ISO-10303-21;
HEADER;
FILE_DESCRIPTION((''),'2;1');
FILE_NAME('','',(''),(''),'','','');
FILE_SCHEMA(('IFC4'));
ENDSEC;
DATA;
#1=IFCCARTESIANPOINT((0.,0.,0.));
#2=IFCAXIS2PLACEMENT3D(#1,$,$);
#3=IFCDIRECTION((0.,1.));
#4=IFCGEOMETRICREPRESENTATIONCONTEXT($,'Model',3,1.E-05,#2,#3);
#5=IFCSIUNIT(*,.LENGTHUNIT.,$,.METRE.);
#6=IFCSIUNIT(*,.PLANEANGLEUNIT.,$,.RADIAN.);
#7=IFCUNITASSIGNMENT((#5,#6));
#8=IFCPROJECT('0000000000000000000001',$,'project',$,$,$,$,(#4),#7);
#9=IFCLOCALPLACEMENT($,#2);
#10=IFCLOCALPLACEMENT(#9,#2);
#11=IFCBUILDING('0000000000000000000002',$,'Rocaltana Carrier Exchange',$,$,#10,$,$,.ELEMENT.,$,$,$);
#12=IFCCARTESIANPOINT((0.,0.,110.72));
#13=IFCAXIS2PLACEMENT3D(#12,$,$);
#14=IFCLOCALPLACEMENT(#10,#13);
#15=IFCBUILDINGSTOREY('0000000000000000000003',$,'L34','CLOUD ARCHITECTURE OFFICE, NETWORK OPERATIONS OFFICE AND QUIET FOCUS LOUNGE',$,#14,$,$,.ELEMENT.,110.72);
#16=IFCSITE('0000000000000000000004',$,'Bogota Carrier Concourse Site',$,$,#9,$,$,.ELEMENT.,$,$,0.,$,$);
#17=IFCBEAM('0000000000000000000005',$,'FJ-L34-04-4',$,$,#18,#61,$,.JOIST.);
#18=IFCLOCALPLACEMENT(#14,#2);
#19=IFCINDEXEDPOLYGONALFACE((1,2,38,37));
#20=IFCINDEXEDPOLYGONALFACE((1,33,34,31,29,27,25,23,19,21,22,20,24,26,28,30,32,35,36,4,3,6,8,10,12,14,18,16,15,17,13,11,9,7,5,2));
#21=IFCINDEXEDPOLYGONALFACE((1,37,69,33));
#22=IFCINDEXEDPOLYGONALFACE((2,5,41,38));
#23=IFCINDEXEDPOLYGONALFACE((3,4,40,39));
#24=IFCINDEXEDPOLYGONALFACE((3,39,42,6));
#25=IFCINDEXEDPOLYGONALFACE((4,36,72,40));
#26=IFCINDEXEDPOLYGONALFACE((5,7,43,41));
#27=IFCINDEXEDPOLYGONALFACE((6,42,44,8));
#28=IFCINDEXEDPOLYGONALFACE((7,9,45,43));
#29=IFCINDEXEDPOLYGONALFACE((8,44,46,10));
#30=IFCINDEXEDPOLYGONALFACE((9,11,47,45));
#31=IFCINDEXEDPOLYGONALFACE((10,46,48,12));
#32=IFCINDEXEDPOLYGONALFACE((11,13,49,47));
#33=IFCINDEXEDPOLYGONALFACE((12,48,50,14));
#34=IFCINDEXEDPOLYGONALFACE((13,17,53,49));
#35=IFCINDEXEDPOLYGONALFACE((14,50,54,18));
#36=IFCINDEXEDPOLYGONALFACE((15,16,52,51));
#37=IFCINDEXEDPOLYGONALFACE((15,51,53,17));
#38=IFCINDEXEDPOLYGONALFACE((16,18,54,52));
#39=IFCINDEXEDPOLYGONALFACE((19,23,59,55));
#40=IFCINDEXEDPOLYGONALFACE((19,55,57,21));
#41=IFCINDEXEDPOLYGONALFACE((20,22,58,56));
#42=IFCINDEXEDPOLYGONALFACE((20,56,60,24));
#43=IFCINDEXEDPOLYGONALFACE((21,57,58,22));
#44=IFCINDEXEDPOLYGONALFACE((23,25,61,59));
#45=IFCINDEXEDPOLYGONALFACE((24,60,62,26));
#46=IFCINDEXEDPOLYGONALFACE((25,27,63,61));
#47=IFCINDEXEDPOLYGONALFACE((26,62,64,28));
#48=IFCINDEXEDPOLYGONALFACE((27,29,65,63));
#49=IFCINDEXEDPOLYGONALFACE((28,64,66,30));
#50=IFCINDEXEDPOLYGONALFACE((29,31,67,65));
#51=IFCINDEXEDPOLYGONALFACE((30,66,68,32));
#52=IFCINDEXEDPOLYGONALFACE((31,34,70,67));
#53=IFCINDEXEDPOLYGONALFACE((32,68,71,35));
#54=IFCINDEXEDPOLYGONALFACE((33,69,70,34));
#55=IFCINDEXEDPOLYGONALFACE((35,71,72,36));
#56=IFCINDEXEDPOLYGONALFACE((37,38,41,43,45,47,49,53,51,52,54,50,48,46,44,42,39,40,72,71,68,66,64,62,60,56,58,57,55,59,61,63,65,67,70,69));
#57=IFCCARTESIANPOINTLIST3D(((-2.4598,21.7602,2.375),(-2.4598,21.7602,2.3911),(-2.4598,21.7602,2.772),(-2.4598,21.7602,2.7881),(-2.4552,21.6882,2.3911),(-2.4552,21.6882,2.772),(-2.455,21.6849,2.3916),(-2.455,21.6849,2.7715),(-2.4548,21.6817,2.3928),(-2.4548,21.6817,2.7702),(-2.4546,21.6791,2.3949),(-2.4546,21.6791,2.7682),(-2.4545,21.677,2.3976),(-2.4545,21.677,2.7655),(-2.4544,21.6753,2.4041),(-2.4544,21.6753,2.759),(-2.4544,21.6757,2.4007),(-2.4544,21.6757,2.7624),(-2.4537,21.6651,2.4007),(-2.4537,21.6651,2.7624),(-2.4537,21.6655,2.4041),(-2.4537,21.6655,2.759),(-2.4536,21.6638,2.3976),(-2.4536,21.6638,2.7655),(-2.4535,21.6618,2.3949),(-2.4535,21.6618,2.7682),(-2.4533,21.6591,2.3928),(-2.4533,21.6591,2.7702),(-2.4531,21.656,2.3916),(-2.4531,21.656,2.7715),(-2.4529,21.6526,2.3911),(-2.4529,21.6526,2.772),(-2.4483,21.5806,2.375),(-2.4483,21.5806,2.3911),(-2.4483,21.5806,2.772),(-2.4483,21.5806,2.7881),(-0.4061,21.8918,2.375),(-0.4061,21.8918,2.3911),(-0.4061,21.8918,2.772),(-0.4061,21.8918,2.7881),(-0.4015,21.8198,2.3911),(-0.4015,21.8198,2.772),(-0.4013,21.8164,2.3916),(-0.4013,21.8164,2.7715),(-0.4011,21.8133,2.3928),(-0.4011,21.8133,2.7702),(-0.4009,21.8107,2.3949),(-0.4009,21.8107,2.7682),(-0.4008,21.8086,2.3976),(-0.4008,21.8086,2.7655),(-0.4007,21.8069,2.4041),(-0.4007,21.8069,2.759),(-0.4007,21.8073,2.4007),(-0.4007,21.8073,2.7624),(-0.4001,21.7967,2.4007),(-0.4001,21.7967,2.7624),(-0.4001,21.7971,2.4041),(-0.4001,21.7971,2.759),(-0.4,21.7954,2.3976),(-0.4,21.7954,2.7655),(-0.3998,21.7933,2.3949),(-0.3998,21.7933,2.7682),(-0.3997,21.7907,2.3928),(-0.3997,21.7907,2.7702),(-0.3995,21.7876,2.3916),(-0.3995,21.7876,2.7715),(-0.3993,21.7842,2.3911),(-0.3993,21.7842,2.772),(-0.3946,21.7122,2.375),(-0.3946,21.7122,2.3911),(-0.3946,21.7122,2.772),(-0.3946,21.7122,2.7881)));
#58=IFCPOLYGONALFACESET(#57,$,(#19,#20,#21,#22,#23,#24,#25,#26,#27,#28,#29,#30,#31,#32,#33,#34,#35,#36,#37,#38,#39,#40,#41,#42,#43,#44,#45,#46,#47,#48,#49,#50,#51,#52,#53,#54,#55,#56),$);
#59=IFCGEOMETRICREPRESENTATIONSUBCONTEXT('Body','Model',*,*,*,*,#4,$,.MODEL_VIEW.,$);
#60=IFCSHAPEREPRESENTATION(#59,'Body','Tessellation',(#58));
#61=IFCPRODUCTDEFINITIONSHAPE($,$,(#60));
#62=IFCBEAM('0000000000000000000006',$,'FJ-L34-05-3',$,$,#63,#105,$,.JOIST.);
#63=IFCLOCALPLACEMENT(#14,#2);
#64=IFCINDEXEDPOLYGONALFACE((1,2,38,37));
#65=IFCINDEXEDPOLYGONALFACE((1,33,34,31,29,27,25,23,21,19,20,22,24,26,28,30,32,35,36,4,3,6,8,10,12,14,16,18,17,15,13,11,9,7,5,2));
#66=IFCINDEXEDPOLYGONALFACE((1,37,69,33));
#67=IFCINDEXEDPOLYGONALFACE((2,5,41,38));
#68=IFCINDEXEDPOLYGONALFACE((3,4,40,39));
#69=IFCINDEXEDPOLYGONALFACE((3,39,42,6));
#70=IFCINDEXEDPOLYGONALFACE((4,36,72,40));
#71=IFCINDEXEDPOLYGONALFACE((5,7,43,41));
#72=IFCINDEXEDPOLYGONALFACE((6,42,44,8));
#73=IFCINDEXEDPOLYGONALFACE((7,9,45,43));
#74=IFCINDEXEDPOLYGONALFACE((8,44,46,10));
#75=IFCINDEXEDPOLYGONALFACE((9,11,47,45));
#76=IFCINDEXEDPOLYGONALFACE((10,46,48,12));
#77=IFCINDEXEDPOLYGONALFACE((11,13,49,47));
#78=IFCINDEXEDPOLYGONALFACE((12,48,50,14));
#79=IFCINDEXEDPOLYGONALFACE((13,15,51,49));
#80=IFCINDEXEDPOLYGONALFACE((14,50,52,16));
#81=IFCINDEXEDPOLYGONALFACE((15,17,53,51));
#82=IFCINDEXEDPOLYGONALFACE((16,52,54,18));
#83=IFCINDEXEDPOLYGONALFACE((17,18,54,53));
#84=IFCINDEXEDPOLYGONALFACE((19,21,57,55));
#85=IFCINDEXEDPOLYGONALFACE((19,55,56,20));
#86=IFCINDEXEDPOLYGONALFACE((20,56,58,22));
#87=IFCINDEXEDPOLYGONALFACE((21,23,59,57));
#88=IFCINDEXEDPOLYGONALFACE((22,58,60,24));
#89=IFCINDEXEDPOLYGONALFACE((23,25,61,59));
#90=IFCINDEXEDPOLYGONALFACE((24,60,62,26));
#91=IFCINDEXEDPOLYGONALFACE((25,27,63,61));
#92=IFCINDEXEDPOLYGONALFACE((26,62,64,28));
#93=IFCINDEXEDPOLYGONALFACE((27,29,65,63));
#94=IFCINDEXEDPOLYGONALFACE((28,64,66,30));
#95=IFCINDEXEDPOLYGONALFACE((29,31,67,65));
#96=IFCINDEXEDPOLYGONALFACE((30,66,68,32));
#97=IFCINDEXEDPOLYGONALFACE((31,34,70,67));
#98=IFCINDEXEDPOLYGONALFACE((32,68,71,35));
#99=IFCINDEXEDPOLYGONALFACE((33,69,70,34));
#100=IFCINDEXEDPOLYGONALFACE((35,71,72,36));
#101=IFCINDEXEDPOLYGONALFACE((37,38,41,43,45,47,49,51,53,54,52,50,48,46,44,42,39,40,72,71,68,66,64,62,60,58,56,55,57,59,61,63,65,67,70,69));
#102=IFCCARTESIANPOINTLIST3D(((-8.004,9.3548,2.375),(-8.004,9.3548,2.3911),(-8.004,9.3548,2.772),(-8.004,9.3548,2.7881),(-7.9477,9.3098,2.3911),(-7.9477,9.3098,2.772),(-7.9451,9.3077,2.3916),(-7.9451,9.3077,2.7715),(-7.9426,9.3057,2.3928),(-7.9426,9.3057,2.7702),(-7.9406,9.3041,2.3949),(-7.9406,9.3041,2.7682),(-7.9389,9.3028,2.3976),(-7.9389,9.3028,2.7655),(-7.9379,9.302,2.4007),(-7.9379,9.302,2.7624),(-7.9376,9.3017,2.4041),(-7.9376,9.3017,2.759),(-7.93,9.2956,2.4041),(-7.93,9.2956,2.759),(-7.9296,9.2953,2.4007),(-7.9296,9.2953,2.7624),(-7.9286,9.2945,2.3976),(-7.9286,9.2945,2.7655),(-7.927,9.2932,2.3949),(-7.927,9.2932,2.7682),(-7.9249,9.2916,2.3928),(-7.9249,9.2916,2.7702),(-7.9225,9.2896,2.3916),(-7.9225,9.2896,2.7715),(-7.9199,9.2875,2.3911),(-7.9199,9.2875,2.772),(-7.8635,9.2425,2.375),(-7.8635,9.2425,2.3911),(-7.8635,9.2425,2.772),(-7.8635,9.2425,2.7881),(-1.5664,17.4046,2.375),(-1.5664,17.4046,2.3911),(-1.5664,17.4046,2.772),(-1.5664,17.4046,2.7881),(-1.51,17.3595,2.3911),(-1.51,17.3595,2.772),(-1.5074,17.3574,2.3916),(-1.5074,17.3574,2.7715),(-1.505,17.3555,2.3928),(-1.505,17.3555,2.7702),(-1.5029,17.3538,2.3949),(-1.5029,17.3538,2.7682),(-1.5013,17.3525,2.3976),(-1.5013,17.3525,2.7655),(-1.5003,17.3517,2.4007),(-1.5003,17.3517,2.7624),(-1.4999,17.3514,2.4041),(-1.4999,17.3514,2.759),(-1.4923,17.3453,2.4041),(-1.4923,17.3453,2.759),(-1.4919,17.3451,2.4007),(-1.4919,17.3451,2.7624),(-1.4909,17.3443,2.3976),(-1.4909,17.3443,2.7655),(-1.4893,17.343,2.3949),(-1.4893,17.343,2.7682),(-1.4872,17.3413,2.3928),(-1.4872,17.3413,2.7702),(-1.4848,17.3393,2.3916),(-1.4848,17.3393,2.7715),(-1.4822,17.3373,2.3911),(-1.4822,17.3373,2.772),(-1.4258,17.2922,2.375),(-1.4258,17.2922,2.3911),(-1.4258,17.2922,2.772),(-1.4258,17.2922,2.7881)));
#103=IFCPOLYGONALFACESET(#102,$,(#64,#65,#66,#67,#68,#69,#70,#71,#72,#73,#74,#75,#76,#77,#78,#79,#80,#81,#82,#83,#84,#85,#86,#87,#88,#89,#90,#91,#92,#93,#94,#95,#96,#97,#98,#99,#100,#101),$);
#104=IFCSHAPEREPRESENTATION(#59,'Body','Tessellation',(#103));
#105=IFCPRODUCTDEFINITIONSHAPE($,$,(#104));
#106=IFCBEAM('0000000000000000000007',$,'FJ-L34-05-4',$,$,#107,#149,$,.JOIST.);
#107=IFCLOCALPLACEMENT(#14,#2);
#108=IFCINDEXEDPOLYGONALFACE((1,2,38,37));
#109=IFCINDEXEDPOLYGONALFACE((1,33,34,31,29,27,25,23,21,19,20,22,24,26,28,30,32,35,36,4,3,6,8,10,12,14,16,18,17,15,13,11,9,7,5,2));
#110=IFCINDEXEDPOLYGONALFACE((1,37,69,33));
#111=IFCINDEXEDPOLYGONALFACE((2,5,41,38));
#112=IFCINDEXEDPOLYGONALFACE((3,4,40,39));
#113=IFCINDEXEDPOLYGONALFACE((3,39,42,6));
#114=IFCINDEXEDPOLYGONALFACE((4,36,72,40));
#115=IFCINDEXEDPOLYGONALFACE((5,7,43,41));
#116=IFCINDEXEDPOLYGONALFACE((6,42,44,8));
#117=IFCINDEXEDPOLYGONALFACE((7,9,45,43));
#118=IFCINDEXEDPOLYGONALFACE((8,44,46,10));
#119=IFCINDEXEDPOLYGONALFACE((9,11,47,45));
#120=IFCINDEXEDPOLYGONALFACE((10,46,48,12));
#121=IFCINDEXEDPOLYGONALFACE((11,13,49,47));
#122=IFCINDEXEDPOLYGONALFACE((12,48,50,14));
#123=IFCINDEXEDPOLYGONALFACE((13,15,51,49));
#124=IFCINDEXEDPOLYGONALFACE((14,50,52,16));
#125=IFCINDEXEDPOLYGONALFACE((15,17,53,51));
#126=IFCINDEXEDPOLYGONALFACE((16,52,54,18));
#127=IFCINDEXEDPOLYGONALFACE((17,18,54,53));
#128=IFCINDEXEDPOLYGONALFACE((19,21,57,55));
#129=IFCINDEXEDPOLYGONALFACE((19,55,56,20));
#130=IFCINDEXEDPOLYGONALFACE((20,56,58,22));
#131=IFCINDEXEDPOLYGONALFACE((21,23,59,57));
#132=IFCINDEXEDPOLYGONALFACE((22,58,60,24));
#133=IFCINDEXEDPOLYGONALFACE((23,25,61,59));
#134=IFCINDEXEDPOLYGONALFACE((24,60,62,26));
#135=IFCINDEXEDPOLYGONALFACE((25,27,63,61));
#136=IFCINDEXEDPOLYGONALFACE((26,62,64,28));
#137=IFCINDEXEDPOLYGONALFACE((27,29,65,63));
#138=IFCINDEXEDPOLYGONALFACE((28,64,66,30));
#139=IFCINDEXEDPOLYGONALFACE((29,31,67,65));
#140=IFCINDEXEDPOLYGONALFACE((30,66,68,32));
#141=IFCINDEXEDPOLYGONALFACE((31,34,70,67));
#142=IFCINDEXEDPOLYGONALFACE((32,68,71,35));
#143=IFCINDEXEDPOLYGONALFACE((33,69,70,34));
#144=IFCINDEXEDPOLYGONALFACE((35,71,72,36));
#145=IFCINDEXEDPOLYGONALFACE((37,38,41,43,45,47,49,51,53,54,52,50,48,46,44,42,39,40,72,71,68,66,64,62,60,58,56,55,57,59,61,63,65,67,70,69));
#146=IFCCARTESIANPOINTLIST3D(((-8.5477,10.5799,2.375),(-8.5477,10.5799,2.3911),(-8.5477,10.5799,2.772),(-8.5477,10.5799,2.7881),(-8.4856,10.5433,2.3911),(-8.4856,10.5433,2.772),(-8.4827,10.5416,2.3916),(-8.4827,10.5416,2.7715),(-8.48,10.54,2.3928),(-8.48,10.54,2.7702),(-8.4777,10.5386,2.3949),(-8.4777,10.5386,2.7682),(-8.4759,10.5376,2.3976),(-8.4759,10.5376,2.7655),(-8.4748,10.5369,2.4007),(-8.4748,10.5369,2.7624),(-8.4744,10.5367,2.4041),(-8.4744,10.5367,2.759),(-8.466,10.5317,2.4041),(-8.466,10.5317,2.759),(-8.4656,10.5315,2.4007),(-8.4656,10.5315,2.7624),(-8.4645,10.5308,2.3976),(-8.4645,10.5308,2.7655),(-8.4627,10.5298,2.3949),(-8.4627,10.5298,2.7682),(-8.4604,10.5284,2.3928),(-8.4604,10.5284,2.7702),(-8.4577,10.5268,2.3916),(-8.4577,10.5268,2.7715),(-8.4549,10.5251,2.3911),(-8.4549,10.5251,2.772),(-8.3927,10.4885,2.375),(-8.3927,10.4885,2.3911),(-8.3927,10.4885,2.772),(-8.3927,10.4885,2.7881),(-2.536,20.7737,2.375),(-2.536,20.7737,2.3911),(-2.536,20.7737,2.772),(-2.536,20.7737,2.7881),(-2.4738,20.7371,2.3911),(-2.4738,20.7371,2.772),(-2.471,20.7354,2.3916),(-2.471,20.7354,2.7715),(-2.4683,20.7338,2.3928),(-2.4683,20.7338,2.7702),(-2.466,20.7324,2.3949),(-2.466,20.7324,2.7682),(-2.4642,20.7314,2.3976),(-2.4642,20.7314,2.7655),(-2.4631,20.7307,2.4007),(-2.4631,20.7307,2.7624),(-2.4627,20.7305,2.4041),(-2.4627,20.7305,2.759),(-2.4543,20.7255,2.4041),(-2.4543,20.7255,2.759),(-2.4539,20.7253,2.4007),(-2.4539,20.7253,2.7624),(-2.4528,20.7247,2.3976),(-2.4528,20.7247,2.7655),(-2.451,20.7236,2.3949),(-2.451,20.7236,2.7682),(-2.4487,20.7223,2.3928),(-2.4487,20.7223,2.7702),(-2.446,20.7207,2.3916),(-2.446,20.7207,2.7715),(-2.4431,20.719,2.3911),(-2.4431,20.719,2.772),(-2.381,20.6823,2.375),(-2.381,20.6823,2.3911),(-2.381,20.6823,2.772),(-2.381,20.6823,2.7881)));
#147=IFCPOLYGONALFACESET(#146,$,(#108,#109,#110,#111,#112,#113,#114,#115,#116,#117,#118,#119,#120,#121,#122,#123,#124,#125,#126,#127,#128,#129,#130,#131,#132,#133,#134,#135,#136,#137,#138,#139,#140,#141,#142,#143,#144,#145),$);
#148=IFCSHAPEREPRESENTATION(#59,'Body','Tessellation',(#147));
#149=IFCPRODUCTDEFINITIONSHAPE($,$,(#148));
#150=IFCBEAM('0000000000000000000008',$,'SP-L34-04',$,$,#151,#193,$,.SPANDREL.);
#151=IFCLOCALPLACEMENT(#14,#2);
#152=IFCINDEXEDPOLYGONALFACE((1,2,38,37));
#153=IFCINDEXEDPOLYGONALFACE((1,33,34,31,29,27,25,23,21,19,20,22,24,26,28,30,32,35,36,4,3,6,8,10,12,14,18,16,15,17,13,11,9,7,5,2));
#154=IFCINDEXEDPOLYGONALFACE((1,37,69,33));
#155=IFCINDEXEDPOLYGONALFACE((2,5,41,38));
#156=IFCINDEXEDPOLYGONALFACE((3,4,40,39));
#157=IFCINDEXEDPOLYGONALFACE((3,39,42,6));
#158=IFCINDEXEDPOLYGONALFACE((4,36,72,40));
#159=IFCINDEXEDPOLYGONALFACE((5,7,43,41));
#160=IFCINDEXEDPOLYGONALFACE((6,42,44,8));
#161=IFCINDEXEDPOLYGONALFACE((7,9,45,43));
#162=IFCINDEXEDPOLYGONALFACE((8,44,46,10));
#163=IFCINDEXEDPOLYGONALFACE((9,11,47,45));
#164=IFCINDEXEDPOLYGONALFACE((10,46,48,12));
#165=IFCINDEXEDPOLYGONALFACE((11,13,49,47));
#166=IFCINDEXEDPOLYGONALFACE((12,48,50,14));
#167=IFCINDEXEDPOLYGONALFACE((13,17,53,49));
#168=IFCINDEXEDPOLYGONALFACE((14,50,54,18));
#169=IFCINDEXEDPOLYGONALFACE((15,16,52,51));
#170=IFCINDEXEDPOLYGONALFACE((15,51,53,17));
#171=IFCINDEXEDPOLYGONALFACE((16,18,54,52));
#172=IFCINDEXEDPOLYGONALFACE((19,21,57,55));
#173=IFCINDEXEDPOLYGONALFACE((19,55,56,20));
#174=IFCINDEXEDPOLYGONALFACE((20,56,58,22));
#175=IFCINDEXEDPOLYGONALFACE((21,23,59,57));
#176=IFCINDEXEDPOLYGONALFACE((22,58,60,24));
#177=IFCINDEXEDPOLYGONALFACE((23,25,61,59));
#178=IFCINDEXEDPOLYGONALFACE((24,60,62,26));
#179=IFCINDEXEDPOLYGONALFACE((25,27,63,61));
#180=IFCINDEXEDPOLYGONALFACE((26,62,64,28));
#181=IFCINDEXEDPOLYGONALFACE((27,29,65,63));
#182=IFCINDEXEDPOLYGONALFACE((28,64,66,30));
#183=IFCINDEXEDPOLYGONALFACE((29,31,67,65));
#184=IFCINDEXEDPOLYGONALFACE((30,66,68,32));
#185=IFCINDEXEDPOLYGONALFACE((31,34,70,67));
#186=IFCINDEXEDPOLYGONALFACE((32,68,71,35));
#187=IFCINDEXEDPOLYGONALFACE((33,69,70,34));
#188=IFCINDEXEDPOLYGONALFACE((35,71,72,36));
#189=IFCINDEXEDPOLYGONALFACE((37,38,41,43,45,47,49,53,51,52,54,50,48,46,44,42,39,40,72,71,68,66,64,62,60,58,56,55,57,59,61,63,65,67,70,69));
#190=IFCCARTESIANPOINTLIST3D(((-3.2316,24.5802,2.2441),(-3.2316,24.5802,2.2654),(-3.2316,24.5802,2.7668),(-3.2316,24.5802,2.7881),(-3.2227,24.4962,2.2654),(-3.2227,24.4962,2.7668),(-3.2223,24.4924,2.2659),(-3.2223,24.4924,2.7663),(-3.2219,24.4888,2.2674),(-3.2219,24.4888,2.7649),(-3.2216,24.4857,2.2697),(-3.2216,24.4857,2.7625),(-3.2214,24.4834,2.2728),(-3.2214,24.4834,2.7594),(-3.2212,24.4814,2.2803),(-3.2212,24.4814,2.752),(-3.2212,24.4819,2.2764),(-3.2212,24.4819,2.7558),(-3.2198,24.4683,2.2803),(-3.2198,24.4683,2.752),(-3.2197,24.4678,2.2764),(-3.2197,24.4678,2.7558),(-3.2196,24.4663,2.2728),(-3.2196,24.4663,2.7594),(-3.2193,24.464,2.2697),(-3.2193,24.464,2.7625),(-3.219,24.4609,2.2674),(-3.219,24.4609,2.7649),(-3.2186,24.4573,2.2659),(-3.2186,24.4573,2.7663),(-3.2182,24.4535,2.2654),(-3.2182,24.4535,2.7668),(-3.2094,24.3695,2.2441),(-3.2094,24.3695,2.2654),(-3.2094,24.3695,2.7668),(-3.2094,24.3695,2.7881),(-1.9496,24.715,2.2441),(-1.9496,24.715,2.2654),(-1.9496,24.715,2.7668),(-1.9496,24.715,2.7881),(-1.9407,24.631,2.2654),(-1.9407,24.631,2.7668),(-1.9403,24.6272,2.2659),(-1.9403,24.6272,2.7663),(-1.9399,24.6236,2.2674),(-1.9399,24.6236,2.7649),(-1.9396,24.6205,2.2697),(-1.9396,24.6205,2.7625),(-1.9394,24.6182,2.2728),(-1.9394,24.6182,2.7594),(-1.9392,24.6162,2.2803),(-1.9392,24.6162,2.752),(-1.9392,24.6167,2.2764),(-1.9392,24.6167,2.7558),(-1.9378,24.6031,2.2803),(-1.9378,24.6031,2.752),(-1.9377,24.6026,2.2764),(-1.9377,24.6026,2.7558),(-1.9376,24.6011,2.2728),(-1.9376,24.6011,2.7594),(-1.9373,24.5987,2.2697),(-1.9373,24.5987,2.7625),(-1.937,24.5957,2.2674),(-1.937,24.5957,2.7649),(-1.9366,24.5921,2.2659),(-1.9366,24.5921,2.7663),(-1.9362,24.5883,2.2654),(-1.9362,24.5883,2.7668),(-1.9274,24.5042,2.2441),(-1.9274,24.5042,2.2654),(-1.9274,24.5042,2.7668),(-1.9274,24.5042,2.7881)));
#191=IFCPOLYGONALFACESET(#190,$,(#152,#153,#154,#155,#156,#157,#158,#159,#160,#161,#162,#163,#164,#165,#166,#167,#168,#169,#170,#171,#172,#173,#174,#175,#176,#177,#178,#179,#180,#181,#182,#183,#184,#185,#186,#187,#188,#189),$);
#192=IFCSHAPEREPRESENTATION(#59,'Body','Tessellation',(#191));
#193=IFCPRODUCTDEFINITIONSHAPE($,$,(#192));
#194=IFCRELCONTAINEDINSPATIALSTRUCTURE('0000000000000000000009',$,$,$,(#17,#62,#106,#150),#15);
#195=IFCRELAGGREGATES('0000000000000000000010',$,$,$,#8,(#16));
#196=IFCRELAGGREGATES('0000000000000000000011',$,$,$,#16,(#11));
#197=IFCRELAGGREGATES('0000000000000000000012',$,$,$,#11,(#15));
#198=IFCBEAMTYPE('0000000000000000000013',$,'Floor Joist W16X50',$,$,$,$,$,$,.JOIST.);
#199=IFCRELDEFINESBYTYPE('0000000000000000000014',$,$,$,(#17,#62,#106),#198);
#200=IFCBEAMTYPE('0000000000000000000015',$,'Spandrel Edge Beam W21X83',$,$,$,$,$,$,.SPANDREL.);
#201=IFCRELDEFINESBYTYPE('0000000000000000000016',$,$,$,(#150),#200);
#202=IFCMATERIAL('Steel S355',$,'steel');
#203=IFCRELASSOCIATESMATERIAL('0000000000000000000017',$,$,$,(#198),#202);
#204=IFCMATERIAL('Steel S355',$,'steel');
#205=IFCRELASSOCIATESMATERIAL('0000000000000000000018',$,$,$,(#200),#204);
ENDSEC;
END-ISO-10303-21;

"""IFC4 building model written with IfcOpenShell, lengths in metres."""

from ifc_helpers import new_model, si_unit, direction, frame, origin, origin_2d, place, context, subcontext, project, spatial, i_section, extrude, material, material_profile, profile_set, type_object, element, save


model = new_model("IFC4")

# Units and contexts
model_context = context("Model", 3, precision=1e-05, world=origin(), true_north=direction((0.0, 1.0)))
body_context = subcontext(model_context, "Body", "Model", "MODEL_VIEW")
ifc_project = project(units=[si_unit("LENGTHUNIT", "METRE"), si_unit("PLANEANGLEUNIT", "RADIAN")], contexts=[model_context])

# Site, building, storey
site_placement = place(None, origin())
site = spatial("IfcSite", under=ifc_project, at=site_placement, Name="Bogota Carrier Concourse Site", CompositionType="ELEMENT", RefElevation=0.0)
building_placement = place(site_placement, origin())
building = spatial("IfcBuilding", under=site, at=building_placement, Name="Rocaltana Carrier Exchange", CompositionType="ELEMENT")
storey_placement = place(building_placement, frame((0.0, 0.0, 110.72)))
storey = spatial("IfcBuildingStorey", under=building, at=storey_placement, Name="L34", Description="CLOUD ARCHITECTURE OFFICE, NETWORK OPERATIONS OFFICE AND QUIET FOCUS LOUNGE", CompositionType="ELEMENT", Elevation=110.72)

# Beams
ifc_material_1 = material(Name="Steel S355", Category="steel")
ifc_material_profile_1 = material_profile(ifc_material_1, i_section(OverallWidth=0.1799, OverallDepth=0.4131, WebThickness=0.0098, FlangeThickness=0.0161, FilletRadius=0.0129, at=origin_2d()), Name="W16X50")
ifc_profile_set_1 = profile_set([ifc_material_profile_1], Name="Steel S355")
beam_type_1 = type_object("IfcBeamType", Name="Floor Joist W16X50", PredefinedType="JOIST", material=ifc_profile_set_1)
beam_1_placement = place(storey_placement, frame((-0.4004, 21.802, 2.5815), z_axis=(-0.997953, -0.063944, 0.0), x_axis=(0.063944, -0.997953, 0.0)))
element("IfcBeam", 1, at=beam_1_placement, inside=storey, type_object=beam_type_1, Name="FJ-L34-04-4", PredefinedType="JOIST", context=body_context, shape_type="SweptSolid", body=[
    extrude(i_section(OverallWidth=0.1799, OverallDepth=0.4131, WebThickness=0.0098, FlangeThickness=0.0161, FilletRadius=0.0129, at=origin_2d()), origin(), (0.0, 0.0, 1.0), 2.0579),
])
beam_2_placement = place(storey_placement, frame((-1.4961, 17.3484, 2.5815), z_axis=(-0.624571, -0.780968, 0.0), x_axis=(0.780968, -0.624571, 0.0)))
element("IfcBeam", 2, at=beam_2_placement, inside=storey, type_object=beam_type_1, Name="FJ-L34-05-3", PredefinedType="JOIST", context=body_context, shape_type="SweptSolid", body=[
    extrude(i_section(OverallWidth=0.1799, OverallDepth=0.4131, WebThickness=0.0098, FlangeThickness=0.0161, FilletRadius=0.0129, at=origin_2d()), origin(), (0.0, 0.0, 1.0), 10.3074),
])
beam_3_placement = place(storey_placement, frame((-2.4585, 20.728, 2.5815), z_axis=(-0.507983, -0.861367, 0.0), x_axis=(0.861367, -0.507983, 0.0)))
element("IfcBeam", 3, at=beam_3_placement, inside=storey, type_object=beam_type_1, Name="FJ-L34-05-4", PredefinedType="JOIST", context=body_context, shape_type="SweptSolid", body=[
    extrude(i_section(OverallWidth=0.1799, OverallDepth=0.4131, WebThickness=0.0098, FlangeThickness=0.0161, FilletRadius=0.0129, at=origin_2d()), origin(), (0.0, 0.0, 1.0), 11.8345),
])
ifc_material_2 = material(Name="Steel S355", Category="steel")
ifc_material_profile_2 = material_profile(ifc_material_2, i_section(OverallWidth=0.2119, OverallDepth=0.5439, WebThickness=0.0132, FlangeThickness=0.0212, FilletRadius=0.0149, at=origin_2d()), Name="W21X83")
ifc_profile_set_2 = profile_set([ifc_material_profile_2], Name="Steel S355")
beam_type_2 = type_object("IfcBeamType", Name="Spandrel Edge Beam W21X83", PredefinedType="SPANDREL", material=ifc_profile_set_2)
beam_4_placement = place(storey_placement, frame((-1.9385, 24.6096, 2.5161), z_axis=(-0.99452, -0.104547, 0.0), x_axis=(0.104547, -0.99452, 0.0)))
element("IfcBeam", 4, at=beam_4_placement, inside=storey, type_object=beam_type_2, Name="SP-L34-04", PredefinedType="SPANDREL", context=body_context, shape_type="SweptSolid", body=[
    extrude(i_section(OverallWidth=0.2119, OverallDepth=0.5439, WebThickness=0.0132, FlangeThickness=0.0212, FilletRadius=0.0149, at=origin_2d()), origin(), (0.0, 0.0, 1.0), 1.2891),
])

save(model, "model.ifc")
